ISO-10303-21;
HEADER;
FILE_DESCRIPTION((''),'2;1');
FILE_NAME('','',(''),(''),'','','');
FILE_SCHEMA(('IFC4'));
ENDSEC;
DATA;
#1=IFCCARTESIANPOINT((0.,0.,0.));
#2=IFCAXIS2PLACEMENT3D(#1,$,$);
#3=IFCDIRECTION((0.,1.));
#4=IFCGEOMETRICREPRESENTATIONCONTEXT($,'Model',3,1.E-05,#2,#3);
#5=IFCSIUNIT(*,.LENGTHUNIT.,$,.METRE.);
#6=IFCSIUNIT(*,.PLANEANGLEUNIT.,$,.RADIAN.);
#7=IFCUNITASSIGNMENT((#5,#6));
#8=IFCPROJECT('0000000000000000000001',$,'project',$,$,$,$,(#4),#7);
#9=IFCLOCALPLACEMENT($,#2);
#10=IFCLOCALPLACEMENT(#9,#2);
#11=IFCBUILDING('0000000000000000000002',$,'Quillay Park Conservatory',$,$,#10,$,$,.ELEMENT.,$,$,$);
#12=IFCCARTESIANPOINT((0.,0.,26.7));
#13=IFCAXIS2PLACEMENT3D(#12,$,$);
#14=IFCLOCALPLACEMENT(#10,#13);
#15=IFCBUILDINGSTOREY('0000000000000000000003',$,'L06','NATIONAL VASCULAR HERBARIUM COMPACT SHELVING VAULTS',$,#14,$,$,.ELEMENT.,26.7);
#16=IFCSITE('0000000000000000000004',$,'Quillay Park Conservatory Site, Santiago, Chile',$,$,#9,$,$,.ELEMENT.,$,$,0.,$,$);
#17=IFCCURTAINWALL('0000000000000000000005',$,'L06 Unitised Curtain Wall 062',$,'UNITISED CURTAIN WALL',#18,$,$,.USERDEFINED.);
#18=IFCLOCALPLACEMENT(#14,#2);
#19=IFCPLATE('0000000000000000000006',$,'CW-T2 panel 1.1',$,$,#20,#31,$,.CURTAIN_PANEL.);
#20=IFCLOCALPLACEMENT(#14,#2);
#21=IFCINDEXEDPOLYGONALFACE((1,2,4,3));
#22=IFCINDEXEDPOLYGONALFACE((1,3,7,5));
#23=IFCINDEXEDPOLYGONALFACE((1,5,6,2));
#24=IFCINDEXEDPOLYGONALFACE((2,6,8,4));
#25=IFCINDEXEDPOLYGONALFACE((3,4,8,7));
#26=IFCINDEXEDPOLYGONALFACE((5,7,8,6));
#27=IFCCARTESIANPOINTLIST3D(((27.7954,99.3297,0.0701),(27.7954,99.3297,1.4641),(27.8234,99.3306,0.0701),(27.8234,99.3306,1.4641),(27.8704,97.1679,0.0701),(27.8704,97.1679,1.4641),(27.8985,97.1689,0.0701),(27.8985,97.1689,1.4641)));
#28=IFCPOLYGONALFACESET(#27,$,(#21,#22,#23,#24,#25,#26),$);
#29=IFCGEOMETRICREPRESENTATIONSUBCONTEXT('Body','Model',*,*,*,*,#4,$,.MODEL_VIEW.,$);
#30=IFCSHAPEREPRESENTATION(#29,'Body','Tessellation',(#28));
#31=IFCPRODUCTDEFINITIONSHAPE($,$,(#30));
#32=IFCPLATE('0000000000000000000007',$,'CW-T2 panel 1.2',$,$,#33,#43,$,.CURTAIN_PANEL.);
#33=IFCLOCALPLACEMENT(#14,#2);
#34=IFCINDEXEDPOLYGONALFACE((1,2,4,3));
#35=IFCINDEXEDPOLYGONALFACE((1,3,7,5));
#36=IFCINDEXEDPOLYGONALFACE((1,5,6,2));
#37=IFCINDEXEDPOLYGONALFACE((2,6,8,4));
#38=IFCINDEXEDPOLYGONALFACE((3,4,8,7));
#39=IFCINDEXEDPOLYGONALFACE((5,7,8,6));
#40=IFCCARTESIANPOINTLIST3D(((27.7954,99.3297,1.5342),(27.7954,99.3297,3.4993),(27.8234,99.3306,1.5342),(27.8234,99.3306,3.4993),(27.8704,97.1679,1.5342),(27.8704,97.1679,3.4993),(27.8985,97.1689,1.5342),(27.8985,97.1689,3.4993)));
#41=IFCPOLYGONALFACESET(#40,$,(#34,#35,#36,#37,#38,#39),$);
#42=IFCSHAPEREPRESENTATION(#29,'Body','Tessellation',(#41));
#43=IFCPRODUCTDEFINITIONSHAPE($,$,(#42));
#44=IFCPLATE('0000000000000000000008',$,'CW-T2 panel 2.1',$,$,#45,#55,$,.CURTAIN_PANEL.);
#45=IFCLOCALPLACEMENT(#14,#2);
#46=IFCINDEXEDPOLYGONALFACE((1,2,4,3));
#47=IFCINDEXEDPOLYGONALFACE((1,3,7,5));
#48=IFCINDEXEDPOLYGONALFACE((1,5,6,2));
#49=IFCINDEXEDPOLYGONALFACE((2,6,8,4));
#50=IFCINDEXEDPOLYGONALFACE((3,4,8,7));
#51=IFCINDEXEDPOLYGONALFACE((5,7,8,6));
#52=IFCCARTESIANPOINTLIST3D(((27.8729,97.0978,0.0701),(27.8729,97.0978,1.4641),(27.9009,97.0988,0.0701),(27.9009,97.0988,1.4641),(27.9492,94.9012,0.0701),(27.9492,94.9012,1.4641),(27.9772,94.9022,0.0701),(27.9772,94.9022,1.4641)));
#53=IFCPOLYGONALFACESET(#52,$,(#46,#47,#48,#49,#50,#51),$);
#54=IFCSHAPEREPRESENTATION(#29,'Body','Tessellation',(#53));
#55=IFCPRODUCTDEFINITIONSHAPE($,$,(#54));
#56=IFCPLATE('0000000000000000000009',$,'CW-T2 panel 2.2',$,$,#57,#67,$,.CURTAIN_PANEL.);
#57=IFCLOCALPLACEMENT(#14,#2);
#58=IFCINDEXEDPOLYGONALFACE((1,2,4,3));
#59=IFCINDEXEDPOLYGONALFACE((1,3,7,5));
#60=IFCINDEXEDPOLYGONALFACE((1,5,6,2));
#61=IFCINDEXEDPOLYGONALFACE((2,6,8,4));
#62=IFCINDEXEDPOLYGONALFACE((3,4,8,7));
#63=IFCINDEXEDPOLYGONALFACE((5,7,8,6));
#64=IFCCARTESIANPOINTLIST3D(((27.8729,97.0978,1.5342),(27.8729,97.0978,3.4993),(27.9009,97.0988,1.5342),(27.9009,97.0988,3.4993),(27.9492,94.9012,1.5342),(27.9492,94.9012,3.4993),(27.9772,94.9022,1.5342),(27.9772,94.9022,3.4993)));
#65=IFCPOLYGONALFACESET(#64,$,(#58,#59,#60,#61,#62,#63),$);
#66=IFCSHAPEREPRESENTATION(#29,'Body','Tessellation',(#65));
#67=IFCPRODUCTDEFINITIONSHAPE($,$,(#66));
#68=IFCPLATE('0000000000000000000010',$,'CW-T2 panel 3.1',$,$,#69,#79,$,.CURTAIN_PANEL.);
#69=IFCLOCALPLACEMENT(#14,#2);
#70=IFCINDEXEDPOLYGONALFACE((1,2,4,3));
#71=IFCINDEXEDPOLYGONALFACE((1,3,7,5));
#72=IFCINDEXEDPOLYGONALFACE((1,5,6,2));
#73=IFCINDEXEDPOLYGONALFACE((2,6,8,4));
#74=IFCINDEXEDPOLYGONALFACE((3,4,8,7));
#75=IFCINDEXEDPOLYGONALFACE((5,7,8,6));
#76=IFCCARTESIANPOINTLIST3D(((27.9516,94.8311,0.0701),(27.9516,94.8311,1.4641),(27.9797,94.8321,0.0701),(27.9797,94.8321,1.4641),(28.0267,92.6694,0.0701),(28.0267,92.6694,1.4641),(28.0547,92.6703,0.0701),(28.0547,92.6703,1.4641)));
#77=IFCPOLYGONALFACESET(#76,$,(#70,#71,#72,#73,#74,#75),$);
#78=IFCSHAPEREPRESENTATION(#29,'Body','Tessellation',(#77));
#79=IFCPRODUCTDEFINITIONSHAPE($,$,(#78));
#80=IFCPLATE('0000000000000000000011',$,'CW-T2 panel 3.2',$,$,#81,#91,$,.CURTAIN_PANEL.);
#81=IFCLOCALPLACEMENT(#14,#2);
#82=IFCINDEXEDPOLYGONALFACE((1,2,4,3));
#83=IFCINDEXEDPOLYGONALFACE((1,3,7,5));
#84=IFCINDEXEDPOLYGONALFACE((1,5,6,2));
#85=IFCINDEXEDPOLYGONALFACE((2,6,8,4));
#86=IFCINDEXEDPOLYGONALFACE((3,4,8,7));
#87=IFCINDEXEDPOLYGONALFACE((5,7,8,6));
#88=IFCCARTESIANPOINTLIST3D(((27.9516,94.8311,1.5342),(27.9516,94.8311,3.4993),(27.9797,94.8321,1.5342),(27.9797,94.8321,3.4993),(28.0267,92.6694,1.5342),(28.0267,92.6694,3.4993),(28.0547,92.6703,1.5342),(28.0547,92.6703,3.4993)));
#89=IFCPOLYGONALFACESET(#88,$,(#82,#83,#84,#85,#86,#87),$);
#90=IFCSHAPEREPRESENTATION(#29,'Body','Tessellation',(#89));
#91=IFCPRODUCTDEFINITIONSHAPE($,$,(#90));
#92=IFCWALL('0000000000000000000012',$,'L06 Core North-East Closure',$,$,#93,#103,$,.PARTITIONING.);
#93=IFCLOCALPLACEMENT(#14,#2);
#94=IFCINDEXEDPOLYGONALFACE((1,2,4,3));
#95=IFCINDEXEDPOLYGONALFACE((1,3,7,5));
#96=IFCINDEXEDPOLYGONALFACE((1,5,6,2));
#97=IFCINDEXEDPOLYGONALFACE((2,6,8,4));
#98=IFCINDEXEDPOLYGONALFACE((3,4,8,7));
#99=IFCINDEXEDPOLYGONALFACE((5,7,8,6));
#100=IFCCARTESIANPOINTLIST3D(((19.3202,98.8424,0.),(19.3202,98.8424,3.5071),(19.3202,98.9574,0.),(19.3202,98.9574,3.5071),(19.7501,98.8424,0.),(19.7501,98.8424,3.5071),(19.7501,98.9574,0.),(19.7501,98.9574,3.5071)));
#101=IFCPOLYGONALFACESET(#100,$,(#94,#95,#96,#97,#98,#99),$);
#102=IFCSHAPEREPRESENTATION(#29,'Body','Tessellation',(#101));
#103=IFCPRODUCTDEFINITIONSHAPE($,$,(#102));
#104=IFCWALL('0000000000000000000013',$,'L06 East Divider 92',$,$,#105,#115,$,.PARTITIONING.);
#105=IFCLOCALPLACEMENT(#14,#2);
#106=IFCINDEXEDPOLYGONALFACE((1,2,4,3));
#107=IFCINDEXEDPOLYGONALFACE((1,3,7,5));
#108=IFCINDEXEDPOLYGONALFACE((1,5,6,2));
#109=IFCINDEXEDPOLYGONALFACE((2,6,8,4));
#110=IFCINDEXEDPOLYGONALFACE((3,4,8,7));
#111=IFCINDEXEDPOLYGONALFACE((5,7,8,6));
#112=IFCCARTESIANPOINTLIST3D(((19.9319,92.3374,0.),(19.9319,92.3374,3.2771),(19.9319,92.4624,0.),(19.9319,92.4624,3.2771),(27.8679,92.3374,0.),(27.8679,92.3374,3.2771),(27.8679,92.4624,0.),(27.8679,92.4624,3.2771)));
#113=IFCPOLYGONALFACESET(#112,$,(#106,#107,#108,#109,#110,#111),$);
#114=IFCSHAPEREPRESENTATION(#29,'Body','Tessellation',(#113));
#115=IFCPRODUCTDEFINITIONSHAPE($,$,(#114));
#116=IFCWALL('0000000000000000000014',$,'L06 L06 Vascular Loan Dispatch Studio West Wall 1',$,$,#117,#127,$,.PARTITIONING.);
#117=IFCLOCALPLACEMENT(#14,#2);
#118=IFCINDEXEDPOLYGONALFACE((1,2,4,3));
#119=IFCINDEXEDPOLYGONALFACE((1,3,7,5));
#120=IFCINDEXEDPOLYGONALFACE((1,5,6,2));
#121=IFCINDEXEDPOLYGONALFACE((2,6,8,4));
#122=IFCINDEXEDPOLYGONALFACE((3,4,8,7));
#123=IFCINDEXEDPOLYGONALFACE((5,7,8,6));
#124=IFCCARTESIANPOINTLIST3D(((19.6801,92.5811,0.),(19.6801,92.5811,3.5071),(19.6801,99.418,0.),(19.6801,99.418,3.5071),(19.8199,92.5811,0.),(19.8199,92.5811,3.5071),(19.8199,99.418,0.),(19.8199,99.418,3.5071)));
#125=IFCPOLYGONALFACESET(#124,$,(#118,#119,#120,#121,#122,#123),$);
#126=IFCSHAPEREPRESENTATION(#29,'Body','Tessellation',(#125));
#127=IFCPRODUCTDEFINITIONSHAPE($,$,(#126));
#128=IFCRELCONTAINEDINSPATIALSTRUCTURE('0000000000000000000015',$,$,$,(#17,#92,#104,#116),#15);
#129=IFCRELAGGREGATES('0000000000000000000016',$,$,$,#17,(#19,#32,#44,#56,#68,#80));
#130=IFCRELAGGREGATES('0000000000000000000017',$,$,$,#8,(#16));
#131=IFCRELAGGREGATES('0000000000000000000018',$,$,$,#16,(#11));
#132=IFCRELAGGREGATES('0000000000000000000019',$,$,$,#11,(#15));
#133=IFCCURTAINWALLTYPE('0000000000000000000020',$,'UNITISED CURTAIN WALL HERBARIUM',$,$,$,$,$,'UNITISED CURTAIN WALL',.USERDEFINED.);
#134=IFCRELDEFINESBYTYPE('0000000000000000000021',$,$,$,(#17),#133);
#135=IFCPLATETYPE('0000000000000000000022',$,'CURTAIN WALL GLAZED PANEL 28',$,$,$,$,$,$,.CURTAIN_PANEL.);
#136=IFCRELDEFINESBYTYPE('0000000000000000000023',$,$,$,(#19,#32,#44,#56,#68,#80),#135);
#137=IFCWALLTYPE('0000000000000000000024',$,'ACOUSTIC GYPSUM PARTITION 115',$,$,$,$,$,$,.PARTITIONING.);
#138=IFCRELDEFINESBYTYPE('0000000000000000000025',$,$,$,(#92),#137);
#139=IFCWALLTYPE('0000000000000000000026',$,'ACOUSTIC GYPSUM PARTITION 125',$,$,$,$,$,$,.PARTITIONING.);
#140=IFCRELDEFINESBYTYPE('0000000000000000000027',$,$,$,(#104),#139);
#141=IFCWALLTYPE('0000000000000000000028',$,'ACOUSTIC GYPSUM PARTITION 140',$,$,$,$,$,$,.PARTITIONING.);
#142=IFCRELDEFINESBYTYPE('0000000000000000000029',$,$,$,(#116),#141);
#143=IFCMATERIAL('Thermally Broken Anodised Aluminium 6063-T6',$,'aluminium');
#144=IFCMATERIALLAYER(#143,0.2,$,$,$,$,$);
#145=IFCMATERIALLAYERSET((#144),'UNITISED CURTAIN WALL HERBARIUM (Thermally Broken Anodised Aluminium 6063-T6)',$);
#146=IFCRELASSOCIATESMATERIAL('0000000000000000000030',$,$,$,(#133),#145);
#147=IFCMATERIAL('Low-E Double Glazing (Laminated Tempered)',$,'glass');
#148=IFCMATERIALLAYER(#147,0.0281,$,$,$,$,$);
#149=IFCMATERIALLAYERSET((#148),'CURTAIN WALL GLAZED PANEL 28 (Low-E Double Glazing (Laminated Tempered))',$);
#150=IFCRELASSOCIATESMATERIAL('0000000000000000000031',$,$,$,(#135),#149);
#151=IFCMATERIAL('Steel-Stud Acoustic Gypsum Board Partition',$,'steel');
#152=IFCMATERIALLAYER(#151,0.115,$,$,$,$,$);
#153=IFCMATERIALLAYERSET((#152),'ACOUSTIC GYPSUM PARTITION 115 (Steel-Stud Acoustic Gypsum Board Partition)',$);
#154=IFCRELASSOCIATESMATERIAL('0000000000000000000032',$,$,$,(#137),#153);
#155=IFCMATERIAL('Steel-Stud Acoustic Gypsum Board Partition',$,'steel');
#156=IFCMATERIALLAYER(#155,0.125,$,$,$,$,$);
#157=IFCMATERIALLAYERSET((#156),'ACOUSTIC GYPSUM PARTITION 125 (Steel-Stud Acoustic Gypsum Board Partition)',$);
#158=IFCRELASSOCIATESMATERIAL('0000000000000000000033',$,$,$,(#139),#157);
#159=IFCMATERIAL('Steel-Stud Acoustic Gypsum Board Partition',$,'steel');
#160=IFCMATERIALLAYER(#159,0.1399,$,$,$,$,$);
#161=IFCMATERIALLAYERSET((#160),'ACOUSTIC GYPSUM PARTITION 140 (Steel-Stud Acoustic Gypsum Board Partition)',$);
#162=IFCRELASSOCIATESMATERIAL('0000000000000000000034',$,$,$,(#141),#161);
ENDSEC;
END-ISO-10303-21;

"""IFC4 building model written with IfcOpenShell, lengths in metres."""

from ifc_helpers import new_model, si_unit, direction, frame, frame_2d, origin, origin_2d, place, context, subcontext, project, spatial, rectangle, extrude, material, layer, layer_set, type_object, element, aggregate, save


model = new_model("IFC4")

# Units and contexts
model_context = context("Model", 3, precision=1e-05, world=origin(), true_north=direction((0.0, 1.0)))
body_context = subcontext(model_context, "Body", "Model", "MODEL_VIEW")
ifc_project = project(units=[si_unit("LENGTHUNIT", "METRE"), si_unit("PLANEANGLEUNIT", "RADIAN")], contexts=[model_context])

# Site, building, storey
site_placement = place(None, origin())
site = spatial("IfcSite", under=ifc_project, at=site_placement, Name="Quillay Park Conservatory Site, Santiago, Chile", CompositionType="ELEMENT", RefElevation=0.0)
building_placement = place(site_placement, origin())
building = spatial("IfcBuilding", under=site, at=building_placement, Name="Quillay Park Conservatory", CompositionType="ELEMENT")
storey_placement = place(building_placement, frame((0.0, 0.0, 26.7)))
storey = spatial("IfcBuildingStorey", under=building, at=storey_placement, Name="L06", Description="NATIONAL VASCULAR HERBARIUM COMPACT SHELVING VAULTS", CompositionType="ELEMENT", Elevation=26.7)

# Curtain wall
ifc_material_1 = material(Name="Thermally Broken Anodised Aluminium 6063-T6", Category="aluminium")
ifc_layer_1 = layer(ifc_material_1, 0.2)
ifc_layer_set_1 = layer_set([ifc_layer_1], Name="UNITISED CURTAIN WALL HERBARIUM (Thermally Broken Anodised Aluminium 6063-T6)")
curtain_wall_type = type_object("IfcCurtainWallType", Name="UNITISED CURTAIN WALL HERBARIUM", ElementType="UNITISED CURTAIN WALL", PredefinedType="USERDEFINED", material=ifc_layer_set_1)
curtain_wall_placement = place(storey_placement, origin())
curtain_wall = element("IfcCurtainWall", 1, at=curtain_wall_placement, inside=storey, type_object=curtain_wall_type, Name="L06 Unitised Curtain Wall 062", ObjectType="UNITISED CURTAIN WALL", PredefinedType="USERDEFINED")

# Plates
ifc_material_2 = material(Name="Low-E Double Glazing (Laminated Tempered)", Category="glass")
ifc_layer_2 = layer(ifc_material_2, 0.0281)
ifc_layer_set_2 = layer_set([ifc_layer_2], Name="CURTAIN WALL GLAZED PANEL 28 (Low-E Double Glazing (Laminated Tempered))")
plate_type = type_object("IfcPlateType", Name="CURTAIN WALL GLAZED PANEL 28", PredefinedType="CURTAIN_PANEL", material=ifc_layer_set_2)
plate_1_placement = place(storey_placement, frame((27.8469, 98.2493, 0.0701), z_axis=(0.0, 0.0, 1.0), x_axis=(0.034713, -0.999397, 0.0)))
plate_1 = element("IfcPlate", 2, at=plate_1_placement, type_object=plate_type, Name="CW-T2 panel 1.1", PredefinedType="CURTAIN_PANEL", context=body_context, shape_type="SweptSolid", body=[
    extrude(rectangle(XDim=2.1631, YDim=0.0281, at=origin_2d()), origin(), (0.0, 0.0, 1.0), 1.394),
])
plate_2_placement = place(storey_placement, frame((27.8469, 98.2493, 1.5342), z_axis=(0.0, 0.0, 1.0), x_axis=(0.034713, -0.999397, 0.0)))
plate_2 = element("IfcPlate", 3, at=plate_2_placement, type_object=plate_type, Name="CW-T2 panel 1.2", PredefinedType="CURTAIN_PANEL", context=body_context, shape_type="SweptSolid", body=[
    extrude(rectangle(XDim=2.1631, YDim=0.0281, at=origin_2d()), origin(), (0.0, 0.0, 1.0), 1.9651),
])
plate_3_placement = place(storey_placement, frame((27.925, 96.0, 0.0701), z_axis=(0.0, 0.0, 1.0), x_axis=(0.034713, -0.999397, 0.0)))
plate_3 = element("IfcPlate", 4, at=plate_3_placement, type_object=plate_type, Name="CW-T2 panel 2.1", PredefinedType="CURTAIN_PANEL", context=body_context, shape_type="SweptSolid", body=[
    extrude(rectangle(XDim=2.198, YDim=0.0281, at=origin_2d()), origin(), (0.0, 0.0, 1.0), 1.394),
])
plate_4_placement = place(storey_placement, frame((27.925, 96.0, 1.5342), z_axis=(0.0, 0.0, 1.0), x_axis=(0.034713, -0.999397, 0.0)))
plate_4 = element("IfcPlate", 5, at=plate_4_placement, type_object=plate_type, Name="CW-T2 panel 2.2", PredefinedType="CURTAIN_PANEL", context=body_context, shape_type="SweptSolid", body=[
    extrude(rectangle(XDim=2.198, YDim=0.0281, at=origin_2d()), origin(), (0.0, 0.0, 1.0), 1.9651),
])
plate_5_placement = place(storey_placement, frame((28.0032, 93.7507, 0.0701), z_axis=(0.0, 0.0, 1.0), x_axis=(0.034713, -0.999397, 0.0)))
plate_5 = element("IfcPlate", 6, at=plate_5_placement, type_object=plate_type, Name="CW-T2 panel 3.1", PredefinedType="CURTAIN_PANEL", context=body_context, shape_type="SweptSolid", body=[
    extrude(rectangle(XDim=2.1631, YDim=0.0281, at=origin_2d()), origin(), (0.0, 0.0, 1.0), 1.394),
])
plate_6_placement = place(storey_placement, frame((28.0032, 93.7507, 1.5342), z_axis=(0.0, 0.0, 1.0), x_axis=(0.034713, -0.999397, 0.0)))
plate_6 = element("IfcPlate", 7, at=plate_6_placement, type_object=plate_type, Name="CW-T2 panel 3.2", PredefinedType="CURTAIN_PANEL", context=body_context, shape_type="SweptSolid", body=[
    extrude(rectangle(XDim=2.1631, YDim=0.0281, at=origin_2d()), origin(), (0.0, 0.0, 1.0), 1.9651),
])
aggregate(curtain_wall, [plate_1, plate_2, plate_3, plate_4, plate_5, plate_6])

# Walls
ifc_material_3 = material(Name="Steel-Stud Acoustic Gypsum Board Partition", Category="steel")
ifc_layer_3 = layer(ifc_material_3, 0.115)
ifc_layer_set_3 = layer_set([ifc_layer_3], Name="ACOUSTIC GYPSUM PARTITION 115 (Steel-Stud Acoustic Gypsum Board Partition)")
wall_type_1 = type_object("IfcWallType", Name="ACOUSTIC GYPSUM PARTITION 115", PredefinedType="PARTITIONING", material=ifc_layer_set_3)
wall_1_placement = place(storey_placement, frame((19.75, 98.8999, 0.0), z_axis=(0.0, 0.0, 1.0), x_axis=(-1.0, 0.0, 0.0)))
element("IfcWall", 8, at=wall_1_placement, inside=storey, type_object=wall_type_1, Name="L06 Core North-East Closure", PredefinedType="PARTITIONING", context=body_context, shape_type="SweptSolid", body=[
    extrude(rectangle(XDim=0.4299, YDim=0.115, at=frame_2d((0.2148, 0.0))), origin(), (0.0, 0.0, 1.0), 3.5071),
])
ifc_material_4 = material(Name="Steel-Stud Acoustic Gypsum Board Partition", Category="steel")
ifc_layer_4 = layer(ifc_material_4, 0.125)
ifc_layer_set_4 = layer_set([ifc_layer_4], Name="ACOUSTIC GYPSUM PARTITION 125 (Steel-Stud Acoustic Gypsum Board Partition)")
wall_type_2 = type_object("IfcWallType", Name="ACOUSTIC GYPSUM PARTITION 125", PredefinedType="PARTITIONING", material=ifc_layer_set_4)
wall_2_placement = place(storey_placement, frame((27.8679, 92.3999, 0.0), z_axis=(0.0, 0.0, 1.0), x_axis=(-1.0, 0.0, 0.0)))
element("IfcWall", 9, at=wall_2_placement, inside=storey, type_object=wall_type_2, Name="L06 East Divider 92", PredefinedType="PARTITIONING", context=body_context, shape_type="SweptSolid", body=[
    extrude(rectangle(XDim=7.936, YDim=0.125, at=frame_2d((3.968, 0.0))), origin(), (0.0, 0.0, 1.0), 3.2771),
])
ifc_material_5 = material(Name="Steel-Stud Acoustic Gypsum Board Partition", Category="steel")
ifc_layer_5 = layer(ifc_material_5, 0.1399)
ifc_layer_set_5 = layer_set([ifc_layer_5], Name="ACOUSTIC GYPSUM PARTITION 140 (Steel-Stud Acoustic Gypsum Board Partition)")
wall_type_3 = type_object("IfcWallType", Name="ACOUSTIC GYPSUM PARTITION 140", PredefinedType="PARTITIONING", material=ifc_layer_set_5)
wall_3_placement = place(storey_placement, frame((19.75, 92.5811, 0.0), z_axis=(0.0, 0.0, 1.0), x_axis=(0.0, 1.0, 0.0)))
element("IfcWall", 10, at=wall_3_placement, inside=storey, type_object=wall_type_3, Name="L06 L06 Vascular Loan Dispatch Studio West Wall 1", PredefinedType="PARTITIONING", context=body_context, shape_type="SweptSolid", body=[
    extrude(rectangle(XDim=6.8369, YDim=0.1399, at=frame_2d((3.4185, 0.0))), origin(), (0.0, 0.0, 1.0), 3.5071),
])

save(model, "model.ifc")
